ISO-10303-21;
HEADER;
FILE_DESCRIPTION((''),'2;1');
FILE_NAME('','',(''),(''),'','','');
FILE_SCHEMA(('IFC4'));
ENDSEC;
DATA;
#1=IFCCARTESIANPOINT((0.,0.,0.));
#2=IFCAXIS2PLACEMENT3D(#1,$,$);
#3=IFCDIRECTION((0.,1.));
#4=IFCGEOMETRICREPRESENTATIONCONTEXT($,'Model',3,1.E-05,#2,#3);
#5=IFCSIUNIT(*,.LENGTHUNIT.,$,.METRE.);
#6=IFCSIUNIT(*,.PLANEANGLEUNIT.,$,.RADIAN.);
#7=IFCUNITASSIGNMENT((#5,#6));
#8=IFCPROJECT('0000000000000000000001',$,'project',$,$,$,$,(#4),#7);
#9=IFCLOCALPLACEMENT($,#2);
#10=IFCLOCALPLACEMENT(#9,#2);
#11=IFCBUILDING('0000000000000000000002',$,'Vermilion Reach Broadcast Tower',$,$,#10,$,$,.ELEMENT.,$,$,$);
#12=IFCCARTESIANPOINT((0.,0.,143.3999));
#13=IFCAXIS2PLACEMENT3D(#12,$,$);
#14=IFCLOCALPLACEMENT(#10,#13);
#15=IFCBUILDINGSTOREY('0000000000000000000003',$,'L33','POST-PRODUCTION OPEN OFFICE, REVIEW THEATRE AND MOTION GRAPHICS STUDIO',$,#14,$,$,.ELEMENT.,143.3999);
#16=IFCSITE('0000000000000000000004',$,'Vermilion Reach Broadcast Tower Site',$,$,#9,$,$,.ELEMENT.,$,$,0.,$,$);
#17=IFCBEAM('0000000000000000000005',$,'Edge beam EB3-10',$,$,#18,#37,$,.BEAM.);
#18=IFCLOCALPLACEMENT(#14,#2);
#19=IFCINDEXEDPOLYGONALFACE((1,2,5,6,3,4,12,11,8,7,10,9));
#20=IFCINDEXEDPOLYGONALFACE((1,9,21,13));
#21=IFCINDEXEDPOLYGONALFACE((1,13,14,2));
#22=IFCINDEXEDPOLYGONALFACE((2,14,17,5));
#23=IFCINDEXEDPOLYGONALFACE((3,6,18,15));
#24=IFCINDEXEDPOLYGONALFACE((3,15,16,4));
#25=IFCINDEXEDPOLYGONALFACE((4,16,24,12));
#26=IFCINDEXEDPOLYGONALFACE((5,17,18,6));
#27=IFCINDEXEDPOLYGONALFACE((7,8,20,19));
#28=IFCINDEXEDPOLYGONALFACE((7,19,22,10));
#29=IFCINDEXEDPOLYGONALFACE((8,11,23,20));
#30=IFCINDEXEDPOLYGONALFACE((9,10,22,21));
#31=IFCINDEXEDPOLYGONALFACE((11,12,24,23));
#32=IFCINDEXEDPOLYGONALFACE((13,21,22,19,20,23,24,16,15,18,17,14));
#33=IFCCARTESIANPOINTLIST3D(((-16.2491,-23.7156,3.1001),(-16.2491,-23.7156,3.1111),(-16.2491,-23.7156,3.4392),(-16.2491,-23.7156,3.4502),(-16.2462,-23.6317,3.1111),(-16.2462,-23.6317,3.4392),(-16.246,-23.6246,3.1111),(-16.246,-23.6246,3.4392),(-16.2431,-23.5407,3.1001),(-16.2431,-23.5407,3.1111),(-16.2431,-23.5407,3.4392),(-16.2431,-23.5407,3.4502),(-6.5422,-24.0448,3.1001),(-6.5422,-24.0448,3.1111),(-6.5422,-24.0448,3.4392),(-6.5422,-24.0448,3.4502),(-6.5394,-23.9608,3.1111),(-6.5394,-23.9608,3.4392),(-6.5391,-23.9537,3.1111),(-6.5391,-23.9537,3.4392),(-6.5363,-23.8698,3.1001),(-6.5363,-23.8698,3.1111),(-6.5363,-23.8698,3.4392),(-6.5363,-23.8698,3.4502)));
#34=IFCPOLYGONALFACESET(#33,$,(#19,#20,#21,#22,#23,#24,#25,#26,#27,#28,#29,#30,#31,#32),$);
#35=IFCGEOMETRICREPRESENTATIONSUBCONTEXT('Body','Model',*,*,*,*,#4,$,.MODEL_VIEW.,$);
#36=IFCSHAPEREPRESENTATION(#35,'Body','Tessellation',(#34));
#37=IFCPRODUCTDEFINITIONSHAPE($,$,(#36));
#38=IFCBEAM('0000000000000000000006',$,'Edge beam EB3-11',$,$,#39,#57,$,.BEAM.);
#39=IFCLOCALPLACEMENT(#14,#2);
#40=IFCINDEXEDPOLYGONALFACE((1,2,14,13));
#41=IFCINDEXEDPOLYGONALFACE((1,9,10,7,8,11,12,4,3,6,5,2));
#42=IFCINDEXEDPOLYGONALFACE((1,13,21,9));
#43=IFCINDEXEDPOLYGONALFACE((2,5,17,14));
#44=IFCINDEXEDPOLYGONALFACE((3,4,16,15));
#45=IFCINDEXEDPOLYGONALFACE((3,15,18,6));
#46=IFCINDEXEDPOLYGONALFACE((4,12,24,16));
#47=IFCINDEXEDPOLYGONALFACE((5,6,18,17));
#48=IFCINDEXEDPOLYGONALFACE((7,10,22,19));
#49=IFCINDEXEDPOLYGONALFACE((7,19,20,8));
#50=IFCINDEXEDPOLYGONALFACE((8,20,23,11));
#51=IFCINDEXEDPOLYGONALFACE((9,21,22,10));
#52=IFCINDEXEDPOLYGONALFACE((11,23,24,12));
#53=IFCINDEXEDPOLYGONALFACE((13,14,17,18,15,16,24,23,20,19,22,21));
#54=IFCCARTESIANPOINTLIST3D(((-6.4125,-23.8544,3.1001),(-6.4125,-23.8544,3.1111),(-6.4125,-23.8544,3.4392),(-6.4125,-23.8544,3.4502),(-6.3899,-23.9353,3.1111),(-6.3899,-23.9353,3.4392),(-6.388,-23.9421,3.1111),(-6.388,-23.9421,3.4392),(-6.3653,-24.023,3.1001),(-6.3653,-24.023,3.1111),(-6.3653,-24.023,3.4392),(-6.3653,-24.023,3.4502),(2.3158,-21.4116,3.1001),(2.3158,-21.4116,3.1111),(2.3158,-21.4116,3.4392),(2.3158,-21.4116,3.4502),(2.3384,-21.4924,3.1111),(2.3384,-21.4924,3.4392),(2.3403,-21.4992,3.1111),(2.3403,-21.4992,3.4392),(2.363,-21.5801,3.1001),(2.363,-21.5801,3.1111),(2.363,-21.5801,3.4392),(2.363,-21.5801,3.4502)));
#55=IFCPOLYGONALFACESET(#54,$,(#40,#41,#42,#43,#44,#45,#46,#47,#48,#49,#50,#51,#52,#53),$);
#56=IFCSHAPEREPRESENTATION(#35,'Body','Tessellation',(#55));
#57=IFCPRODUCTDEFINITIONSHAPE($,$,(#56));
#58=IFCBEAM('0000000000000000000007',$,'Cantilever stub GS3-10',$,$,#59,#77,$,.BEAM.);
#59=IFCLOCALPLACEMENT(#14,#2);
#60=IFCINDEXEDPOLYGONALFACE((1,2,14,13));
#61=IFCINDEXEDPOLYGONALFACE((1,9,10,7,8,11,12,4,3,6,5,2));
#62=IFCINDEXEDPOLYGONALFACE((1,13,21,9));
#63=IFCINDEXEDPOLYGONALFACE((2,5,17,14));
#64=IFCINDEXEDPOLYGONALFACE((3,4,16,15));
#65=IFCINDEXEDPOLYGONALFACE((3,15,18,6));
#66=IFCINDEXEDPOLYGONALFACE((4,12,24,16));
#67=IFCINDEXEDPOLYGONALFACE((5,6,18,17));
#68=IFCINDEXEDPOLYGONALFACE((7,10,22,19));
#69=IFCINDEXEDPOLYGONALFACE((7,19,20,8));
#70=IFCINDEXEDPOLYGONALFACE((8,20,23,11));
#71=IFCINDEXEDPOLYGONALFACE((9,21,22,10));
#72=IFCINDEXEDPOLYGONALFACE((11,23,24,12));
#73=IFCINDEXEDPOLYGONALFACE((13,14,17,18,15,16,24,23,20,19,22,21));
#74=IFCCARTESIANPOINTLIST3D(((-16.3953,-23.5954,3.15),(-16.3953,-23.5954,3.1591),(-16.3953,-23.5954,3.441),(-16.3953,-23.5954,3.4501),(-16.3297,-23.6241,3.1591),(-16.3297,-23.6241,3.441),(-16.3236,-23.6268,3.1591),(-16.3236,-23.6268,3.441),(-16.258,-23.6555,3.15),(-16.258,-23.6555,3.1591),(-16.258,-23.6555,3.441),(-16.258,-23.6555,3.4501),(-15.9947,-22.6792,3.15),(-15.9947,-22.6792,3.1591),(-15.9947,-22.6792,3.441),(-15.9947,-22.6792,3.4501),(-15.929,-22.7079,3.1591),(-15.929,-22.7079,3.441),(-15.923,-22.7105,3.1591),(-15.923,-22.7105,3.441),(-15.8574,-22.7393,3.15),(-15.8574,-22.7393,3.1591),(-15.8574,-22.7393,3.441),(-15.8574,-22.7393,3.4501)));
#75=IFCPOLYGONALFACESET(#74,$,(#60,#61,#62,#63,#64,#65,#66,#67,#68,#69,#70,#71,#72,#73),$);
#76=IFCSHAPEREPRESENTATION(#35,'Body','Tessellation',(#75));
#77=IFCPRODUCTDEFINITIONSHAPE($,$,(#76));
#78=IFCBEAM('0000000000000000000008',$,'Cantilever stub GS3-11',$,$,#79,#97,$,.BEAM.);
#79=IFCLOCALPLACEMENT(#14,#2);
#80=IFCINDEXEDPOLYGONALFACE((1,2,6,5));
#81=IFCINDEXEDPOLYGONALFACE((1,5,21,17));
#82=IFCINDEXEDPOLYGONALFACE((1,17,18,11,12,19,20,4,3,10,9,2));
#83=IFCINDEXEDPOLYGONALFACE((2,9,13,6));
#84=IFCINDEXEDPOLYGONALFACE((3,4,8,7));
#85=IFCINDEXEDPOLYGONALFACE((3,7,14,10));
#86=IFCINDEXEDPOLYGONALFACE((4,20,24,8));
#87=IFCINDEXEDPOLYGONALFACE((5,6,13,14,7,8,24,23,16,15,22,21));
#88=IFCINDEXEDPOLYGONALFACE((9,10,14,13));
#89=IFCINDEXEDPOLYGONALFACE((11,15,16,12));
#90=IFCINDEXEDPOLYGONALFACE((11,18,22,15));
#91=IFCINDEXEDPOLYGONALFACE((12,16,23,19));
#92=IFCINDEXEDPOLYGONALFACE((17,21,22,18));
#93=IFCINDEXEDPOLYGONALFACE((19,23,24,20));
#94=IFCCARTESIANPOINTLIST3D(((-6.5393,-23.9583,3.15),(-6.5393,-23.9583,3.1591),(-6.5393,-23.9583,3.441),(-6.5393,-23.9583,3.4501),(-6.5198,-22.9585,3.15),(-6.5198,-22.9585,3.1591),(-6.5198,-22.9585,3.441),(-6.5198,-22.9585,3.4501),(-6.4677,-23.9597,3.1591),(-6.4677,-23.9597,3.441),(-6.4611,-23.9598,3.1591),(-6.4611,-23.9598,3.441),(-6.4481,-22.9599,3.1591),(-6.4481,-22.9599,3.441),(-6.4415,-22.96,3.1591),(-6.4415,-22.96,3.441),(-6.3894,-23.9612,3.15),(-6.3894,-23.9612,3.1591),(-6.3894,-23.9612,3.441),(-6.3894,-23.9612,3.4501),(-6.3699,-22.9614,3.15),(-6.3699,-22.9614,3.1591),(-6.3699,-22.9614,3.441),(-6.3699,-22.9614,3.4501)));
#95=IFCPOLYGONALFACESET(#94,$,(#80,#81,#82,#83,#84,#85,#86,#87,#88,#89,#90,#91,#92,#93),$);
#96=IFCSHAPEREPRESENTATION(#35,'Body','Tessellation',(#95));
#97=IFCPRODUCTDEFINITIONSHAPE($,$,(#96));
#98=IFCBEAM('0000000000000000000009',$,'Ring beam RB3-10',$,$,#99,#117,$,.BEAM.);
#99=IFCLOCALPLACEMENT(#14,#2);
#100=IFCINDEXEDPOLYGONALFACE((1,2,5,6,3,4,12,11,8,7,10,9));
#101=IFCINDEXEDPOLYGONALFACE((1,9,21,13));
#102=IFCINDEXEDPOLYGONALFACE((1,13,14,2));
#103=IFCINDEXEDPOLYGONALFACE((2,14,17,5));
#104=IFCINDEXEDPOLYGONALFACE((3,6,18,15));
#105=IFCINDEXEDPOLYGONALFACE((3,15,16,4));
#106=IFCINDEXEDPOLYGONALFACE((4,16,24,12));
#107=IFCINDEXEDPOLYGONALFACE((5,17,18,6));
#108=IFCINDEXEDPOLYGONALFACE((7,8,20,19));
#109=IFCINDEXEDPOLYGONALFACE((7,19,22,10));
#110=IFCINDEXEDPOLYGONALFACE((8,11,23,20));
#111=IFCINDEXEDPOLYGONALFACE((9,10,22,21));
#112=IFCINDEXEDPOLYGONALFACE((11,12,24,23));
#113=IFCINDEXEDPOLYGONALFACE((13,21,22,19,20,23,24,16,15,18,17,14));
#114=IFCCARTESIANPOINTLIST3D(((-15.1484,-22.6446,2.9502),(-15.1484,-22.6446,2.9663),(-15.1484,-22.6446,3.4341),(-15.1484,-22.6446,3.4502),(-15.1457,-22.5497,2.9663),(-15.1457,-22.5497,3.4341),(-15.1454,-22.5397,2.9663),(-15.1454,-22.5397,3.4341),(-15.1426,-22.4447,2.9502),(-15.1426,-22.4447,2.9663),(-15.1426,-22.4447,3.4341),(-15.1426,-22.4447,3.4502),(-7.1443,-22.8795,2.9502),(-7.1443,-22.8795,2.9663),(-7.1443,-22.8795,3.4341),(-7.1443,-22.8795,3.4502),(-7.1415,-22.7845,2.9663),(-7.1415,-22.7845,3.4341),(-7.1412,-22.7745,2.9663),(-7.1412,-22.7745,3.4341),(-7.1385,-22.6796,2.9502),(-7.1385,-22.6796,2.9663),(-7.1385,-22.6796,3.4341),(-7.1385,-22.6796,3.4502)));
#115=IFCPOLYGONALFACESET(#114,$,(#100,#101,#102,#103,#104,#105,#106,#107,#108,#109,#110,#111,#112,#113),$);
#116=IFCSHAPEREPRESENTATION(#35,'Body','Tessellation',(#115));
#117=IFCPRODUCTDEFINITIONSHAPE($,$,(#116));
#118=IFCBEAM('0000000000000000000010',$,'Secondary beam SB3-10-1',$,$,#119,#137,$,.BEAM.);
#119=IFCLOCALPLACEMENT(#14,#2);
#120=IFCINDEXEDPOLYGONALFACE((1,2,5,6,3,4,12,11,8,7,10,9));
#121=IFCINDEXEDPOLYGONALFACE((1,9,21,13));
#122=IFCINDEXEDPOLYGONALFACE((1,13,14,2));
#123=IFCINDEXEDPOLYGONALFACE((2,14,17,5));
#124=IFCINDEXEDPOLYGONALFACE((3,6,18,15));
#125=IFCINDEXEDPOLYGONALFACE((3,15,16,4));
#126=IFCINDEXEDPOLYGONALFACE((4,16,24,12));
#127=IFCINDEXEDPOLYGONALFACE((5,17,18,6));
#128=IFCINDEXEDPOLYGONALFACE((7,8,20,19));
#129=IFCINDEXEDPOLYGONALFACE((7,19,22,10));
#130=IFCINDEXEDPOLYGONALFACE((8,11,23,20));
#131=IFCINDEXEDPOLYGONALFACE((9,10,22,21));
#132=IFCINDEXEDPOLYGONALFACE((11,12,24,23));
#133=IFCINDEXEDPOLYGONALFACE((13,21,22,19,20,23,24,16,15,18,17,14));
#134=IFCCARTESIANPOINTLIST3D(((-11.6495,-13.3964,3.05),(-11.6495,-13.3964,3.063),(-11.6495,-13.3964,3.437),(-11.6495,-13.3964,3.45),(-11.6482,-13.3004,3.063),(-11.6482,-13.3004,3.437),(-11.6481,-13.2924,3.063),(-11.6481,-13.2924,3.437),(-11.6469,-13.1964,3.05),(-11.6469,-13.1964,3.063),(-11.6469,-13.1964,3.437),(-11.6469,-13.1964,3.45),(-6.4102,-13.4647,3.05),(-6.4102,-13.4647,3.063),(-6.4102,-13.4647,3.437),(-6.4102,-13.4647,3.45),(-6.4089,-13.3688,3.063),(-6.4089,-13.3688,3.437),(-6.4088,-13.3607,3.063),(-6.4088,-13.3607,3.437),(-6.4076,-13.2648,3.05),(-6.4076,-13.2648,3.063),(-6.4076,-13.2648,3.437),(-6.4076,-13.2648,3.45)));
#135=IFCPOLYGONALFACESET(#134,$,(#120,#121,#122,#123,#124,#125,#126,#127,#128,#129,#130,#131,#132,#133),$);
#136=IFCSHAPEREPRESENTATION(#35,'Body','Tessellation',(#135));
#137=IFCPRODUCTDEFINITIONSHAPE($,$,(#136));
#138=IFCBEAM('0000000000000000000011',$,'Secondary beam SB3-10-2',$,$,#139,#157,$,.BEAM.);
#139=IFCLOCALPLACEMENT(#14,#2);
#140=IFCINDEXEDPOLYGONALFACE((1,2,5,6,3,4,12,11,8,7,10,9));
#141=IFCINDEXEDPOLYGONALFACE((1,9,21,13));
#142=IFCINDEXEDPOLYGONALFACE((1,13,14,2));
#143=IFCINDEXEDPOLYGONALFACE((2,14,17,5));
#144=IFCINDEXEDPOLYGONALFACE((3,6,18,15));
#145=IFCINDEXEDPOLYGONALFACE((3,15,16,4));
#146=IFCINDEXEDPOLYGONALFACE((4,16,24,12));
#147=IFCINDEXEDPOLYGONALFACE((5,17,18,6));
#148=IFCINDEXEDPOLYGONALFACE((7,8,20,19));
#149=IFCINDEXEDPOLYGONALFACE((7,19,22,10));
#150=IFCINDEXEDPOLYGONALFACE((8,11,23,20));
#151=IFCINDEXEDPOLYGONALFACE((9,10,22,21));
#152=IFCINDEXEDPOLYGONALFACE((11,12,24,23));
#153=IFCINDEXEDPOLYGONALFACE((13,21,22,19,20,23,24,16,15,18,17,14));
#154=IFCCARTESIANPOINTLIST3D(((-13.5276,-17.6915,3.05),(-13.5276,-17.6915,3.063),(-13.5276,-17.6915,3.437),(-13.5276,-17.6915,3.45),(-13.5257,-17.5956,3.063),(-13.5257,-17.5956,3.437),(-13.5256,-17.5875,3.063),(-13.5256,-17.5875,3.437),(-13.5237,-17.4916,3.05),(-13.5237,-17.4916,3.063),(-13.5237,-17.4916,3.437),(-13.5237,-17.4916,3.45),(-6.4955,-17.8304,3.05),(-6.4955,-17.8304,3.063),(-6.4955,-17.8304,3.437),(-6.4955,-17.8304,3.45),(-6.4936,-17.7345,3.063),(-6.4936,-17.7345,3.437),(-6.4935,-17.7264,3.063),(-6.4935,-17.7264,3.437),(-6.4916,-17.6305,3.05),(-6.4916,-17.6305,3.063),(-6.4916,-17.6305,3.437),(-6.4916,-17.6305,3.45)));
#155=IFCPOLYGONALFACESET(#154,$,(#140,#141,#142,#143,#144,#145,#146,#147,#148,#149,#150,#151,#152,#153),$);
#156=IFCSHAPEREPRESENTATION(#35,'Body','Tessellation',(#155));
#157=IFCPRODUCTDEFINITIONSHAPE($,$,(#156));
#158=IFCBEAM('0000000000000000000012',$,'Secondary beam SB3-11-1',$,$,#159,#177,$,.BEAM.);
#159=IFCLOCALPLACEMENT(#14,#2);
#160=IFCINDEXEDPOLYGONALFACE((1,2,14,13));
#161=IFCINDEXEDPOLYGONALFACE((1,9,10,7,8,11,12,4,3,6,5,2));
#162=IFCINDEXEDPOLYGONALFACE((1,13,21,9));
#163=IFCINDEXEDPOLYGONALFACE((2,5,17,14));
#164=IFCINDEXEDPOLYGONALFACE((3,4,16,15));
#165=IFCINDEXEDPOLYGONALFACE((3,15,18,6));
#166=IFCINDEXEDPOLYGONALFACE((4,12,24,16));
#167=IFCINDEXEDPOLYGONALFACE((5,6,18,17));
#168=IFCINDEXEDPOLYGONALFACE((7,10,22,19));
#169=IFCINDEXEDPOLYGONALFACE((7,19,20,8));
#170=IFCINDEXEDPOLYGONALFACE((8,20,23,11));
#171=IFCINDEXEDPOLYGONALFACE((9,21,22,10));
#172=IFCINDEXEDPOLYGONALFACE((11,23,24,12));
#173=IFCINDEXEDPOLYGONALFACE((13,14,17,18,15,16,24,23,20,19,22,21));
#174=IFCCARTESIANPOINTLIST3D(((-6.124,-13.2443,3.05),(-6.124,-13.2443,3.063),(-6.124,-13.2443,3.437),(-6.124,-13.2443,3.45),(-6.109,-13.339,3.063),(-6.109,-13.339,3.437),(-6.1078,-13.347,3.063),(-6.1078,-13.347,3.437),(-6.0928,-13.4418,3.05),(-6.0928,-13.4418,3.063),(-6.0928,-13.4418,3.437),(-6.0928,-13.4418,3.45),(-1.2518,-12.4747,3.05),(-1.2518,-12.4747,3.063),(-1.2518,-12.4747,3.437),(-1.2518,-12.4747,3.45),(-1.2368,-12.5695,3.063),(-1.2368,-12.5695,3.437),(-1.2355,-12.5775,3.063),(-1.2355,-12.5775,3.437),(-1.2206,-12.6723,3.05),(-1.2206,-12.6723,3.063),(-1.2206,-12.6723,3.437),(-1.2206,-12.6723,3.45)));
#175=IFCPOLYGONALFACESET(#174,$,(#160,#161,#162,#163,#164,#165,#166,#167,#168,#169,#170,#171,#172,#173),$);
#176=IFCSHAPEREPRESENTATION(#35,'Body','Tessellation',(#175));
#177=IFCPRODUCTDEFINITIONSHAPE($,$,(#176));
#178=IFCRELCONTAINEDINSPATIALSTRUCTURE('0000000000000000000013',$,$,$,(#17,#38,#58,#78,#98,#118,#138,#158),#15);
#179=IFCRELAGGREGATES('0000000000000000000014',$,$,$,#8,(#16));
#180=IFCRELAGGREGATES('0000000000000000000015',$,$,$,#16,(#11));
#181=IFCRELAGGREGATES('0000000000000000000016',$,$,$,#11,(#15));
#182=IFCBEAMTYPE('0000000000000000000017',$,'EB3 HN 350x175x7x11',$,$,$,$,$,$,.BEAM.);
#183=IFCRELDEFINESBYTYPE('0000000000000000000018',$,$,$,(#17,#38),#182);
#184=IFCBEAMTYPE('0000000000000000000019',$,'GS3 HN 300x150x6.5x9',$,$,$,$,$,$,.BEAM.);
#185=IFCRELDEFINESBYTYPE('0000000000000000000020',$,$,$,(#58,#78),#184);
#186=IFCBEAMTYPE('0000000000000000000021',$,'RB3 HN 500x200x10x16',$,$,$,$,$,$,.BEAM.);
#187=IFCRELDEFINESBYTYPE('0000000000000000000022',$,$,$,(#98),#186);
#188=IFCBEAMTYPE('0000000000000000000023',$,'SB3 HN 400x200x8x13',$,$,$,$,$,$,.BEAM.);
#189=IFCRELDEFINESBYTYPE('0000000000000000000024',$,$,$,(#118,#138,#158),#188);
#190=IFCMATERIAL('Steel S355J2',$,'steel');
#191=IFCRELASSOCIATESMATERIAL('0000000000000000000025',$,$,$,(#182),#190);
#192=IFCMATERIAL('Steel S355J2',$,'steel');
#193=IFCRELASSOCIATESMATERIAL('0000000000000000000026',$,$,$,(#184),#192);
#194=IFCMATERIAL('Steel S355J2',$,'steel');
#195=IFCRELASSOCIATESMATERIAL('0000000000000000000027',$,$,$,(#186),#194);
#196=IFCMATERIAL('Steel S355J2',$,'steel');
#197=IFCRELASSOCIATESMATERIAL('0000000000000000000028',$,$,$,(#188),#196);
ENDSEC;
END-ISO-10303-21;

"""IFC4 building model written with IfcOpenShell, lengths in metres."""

from ifc_helpers import new_model, si_unit, direction, frame, origin, origin_2d, place, context, subcontext, project, spatial, i_section, extrude, material, material_profile, profile_set, type_object, element, save


model = new_model("IFC4")

# Units and contexts
model_context = context("Model", 3, precision=1e-05, world=origin(), true_north=direction((0.0, 1.0)))
body_context = subcontext(model_context, "Body", "Model", "MODEL_VIEW")
ifc_project = project(units=[si_unit("LENGTHUNIT", "METRE"), si_unit("PLANEANGLEUNIT", "RADIAN")], contexts=[model_context])

# Site, building, storey
site_placement = place(None, origin())
site = spatial("IfcSite", under=ifc_project, at=site_placement, Name="Vermilion Reach Broadcast Tower Site", CompositionType="ELEMENT", RefElevation=0.0)
building_placement = place(site_placement, origin())
building = spatial("IfcBuilding", under=site, at=building_placement, Name="Vermilion Reach Broadcast Tower", CompositionType="ELEMENT")
storey_placement = place(building_placement, frame((0.0, 0.0, 143.3999)))
storey = spatial("IfcBuildingStorey", under=building, at=storey_placement, Name="L33", Description="POST-PRODUCTION OPEN OFFICE, REVIEW THEATRE AND MOTION GRAPHICS STUDIO", CompositionType="ELEMENT", Elevation=143.3999)

# Beams
ifc_material_1 = material(Name="Steel S355J2", Category="steel")
ifc_material_profile_1 = material_profile(ifc_material_1, i_section(OverallWidth=0.175, OverallDepth=0.3501, WebThickness=0.0071, FlangeThickness=0.011, at=origin_2d()), Name="S355J2 HN 350x175x7x11")
ifc_profile_set_1 = profile_set([ifc_material_profile_1], Name="Steel S355J2")
beam_type_1 = type_object("IfcBeamType", Name="EB3 HN 350x175x7x11", PredefinedType="BEAM", material=ifc_profile_set_1)
beam_1_placement = place(storey_placement, frame((-16.2461, -23.6282, 3.2751), z_axis=(0.999426, -0.033885, 0.0), x_axis=(0.033885, 0.999426, 0.0)))
element("IfcBeam", 1, at=beam_1_placement, inside=storey, type_object=beam_type_1, Name="Edge beam EB3-10", PredefinedType="BEAM", context=body_context, shape_type="SweptSolid", body=[
    extrude(i_section(OverallWidth=0.175, OverallDepth=0.3501, WebThickness=0.0071, FlangeThickness=0.011, at=origin_2d()), origin(), (0.0, 0.0, 1.0), 9.7124),
])
beam_2_placement = place(storey_placement, frame((-6.3889, -23.9387, 3.2751), z_axis=(0.962994, 0.269523, 0.0), x_axis=(-0.269523, 0.962994, 0.0)))
element("IfcBeam", 2, at=beam_2_placement, inside=storey, type_object=beam_type_1, Name="Edge beam EB3-11", PredefinedType="BEAM", context=body_context, shape_type="SweptSolid", body=[
    extrude(i_section(OverallWidth=0.175, OverallDepth=0.3501, WebThickness=0.0071, FlangeThickness=0.011, at=origin_2d()), origin(), (0.0, 0.0, 1.0), 9.0637),
])
ifc_material_2 = material(Name="Steel S355J2", Category="steel")
ifc_material_profile_2 = material_profile(ifc_material_2, i_section(OverallWidth=0.1499, OverallDepth=0.3, WebThickness=0.0066, FlangeThickness=0.009, at=origin_2d()), Name="S355J2 HN 300x150x6.5x9")
ifc_profile_set_2 = profile_set([ifc_material_profile_2], Name="Steel S355J2")
beam_type_2 = type_object("IfcBeamType", Name="GS3 HN 300x150x6.5x9", PredefinedType="BEAM", material=ifc_profile_set_2)
for number, where, z_axis, x_axis, name in (
    (3, (-15.926, -22.7092, 3.3), (-0.400627, -0.916241, 0.0), (0.916241, -0.400627, 0.0), "Cantilever stub GS3-10"),
    (4, (-6.4448, -22.96, 3.3), (-0.019532, -0.999809, 0.0), (0.999809, -0.019532, 0.0), "Cantilever stub GS3-11"),
):
    element("IfcBeam", number, at=place(storey_placement, frame(where, z_axis=z_axis, x_axis=x_axis)), inside=storey, type_object=beam_type_2, Name=name, PredefinedType="BEAM", context=body_context, shape_type="SweptSolid", body=[
        extrude(i_section(OverallWidth=0.1499, OverallDepth=0.3, WebThickness=0.0066, FlangeThickness=0.009, at=origin_2d()), origin(), (0.0, 0.0, 1.0), 1.0),
    ])
ifc_material_3 = material(Name="Steel S355J2", Category="steel")
ifc_material_profile_3 = material_profile(ifc_material_3, i_section(OverallWidth=0.2, OverallDepth=0.5, WebThickness=0.01, FlangeThickness=0.0161, at=origin_2d()), Name="S355J2 HN 500x200x10x16")
ifc_profile_set_3 = profile_set([ifc_material_profile_3], Name="Steel S355J2")
beam_type_3 = type_object("IfcBeamType", Name="RB3 HN 500x200x10x16", PredefinedType="BEAM", material=ifc_profile_set_3)
beam_3_placement = place(storey_placement, frame((-15.1455, -22.5447, 3.2002), z_axis=(0.99957, -0.02933, 0.0), x_axis=(0.02933, 0.99957, 0.0)))
element("IfcBeam", 5, at=beam_3_placement, inside=storey, type_object=beam_type_3, Name="Ring beam RB3-10", PredefinedType="BEAM", context=body_context, shape_type="SweptSolid", body=[
    extrude(i_section(OverallWidth=0.2, OverallDepth=0.5, WebThickness=0.01, FlangeThickness=0.0161, at=origin_2d()), origin(), (0.0, 0.0, 1.0), 8.0076),
])
ifc_material_4 = material(Name="Steel S355J2", Category="steel")
ifc_material_profile_4 = material_profile(ifc_material_4, i_section(OverallWidth=0.2, OverallDepth=0.3999, WebThickness=0.0081, FlangeThickness=0.0129, at=origin_2d()), Name="S355J2 HN 400x200x8x13")
ifc_profile_set_4 = profile_set([ifc_material_profile_4], Name="Steel S355J2")
beam_type_4 = type_object("IfcBeamType", Name="SB3 HN 400x200x8x13", PredefinedType="BEAM", material=ifc_profile_set_4)
beam_4_placement = place(storey_placement, frame((-11.6482, -13.2964, 3.25), z_axis=(0.999915, -0.013046, 0.0), x_axis=(0.013046, 0.999915, 0.0)))
element("IfcBeam", 6, at=beam_4_placement, inside=storey, type_object=beam_type_4, Name="Secondary beam SB3-10-1", PredefinedType="BEAM", context=body_context, shape_type="SweptSolid", body=[
    extrude(i_section(OverallWidth=0.2, OverallDepth=0.3999, WebThickness=0.0081, FlangeThickness=0.0129, at=origin_2d()), origin(), (0.0, 0.0, 1.0), 5.2397),
])
beam_5_placement = place(storey_placement, frame((-13.5256, -17.5916, 3.25), z_axis=(0.999805, -0.019751, 0.0), x_axis=(0.019751, 0.999805, 0.0)))
element("IfcBeam", 7, at=beam_5_placement, inside=storey, type_object=beam_type_4, Name="Secondary beam SB3-10-2", PredefinedType="BEAM", context=body_context, shape_type="SweptSolid", body=[
    extrude(i_section(OverallWidth=0.2, OverallDepth=0.3999, WebThickness=0.0081, FlangeThickness=0.0129, at=origin_2d()), origin(), (0.0, 0.0, 1.0), 7.0334),
])
beam_6_placement = place(storey_placement, frame((-6.1084, -13.343, 3.25), z_axis=(0.987756, 0.156006, 0.0), x_axis=(-0.156006, 0.987756, 0.0)))
element("IfcBeam", 8, at=beam_6_placement, inside=storey, type_object=beam_type_4, Name="Secondary beam SB3-11-1", PredefinedType="BEAM", context=body_context, shape_type="SweptSolid", body=[
    extrude(i_section(OverallWidth=0.2, OverallDepth=0.3999, WebThickness=0.0081, FlangeThickness=0.0129, at=origin_2d()), origin(), (0.0, 0.0, 1.0), 4.9326),
])

save(model, "model.ifc")
